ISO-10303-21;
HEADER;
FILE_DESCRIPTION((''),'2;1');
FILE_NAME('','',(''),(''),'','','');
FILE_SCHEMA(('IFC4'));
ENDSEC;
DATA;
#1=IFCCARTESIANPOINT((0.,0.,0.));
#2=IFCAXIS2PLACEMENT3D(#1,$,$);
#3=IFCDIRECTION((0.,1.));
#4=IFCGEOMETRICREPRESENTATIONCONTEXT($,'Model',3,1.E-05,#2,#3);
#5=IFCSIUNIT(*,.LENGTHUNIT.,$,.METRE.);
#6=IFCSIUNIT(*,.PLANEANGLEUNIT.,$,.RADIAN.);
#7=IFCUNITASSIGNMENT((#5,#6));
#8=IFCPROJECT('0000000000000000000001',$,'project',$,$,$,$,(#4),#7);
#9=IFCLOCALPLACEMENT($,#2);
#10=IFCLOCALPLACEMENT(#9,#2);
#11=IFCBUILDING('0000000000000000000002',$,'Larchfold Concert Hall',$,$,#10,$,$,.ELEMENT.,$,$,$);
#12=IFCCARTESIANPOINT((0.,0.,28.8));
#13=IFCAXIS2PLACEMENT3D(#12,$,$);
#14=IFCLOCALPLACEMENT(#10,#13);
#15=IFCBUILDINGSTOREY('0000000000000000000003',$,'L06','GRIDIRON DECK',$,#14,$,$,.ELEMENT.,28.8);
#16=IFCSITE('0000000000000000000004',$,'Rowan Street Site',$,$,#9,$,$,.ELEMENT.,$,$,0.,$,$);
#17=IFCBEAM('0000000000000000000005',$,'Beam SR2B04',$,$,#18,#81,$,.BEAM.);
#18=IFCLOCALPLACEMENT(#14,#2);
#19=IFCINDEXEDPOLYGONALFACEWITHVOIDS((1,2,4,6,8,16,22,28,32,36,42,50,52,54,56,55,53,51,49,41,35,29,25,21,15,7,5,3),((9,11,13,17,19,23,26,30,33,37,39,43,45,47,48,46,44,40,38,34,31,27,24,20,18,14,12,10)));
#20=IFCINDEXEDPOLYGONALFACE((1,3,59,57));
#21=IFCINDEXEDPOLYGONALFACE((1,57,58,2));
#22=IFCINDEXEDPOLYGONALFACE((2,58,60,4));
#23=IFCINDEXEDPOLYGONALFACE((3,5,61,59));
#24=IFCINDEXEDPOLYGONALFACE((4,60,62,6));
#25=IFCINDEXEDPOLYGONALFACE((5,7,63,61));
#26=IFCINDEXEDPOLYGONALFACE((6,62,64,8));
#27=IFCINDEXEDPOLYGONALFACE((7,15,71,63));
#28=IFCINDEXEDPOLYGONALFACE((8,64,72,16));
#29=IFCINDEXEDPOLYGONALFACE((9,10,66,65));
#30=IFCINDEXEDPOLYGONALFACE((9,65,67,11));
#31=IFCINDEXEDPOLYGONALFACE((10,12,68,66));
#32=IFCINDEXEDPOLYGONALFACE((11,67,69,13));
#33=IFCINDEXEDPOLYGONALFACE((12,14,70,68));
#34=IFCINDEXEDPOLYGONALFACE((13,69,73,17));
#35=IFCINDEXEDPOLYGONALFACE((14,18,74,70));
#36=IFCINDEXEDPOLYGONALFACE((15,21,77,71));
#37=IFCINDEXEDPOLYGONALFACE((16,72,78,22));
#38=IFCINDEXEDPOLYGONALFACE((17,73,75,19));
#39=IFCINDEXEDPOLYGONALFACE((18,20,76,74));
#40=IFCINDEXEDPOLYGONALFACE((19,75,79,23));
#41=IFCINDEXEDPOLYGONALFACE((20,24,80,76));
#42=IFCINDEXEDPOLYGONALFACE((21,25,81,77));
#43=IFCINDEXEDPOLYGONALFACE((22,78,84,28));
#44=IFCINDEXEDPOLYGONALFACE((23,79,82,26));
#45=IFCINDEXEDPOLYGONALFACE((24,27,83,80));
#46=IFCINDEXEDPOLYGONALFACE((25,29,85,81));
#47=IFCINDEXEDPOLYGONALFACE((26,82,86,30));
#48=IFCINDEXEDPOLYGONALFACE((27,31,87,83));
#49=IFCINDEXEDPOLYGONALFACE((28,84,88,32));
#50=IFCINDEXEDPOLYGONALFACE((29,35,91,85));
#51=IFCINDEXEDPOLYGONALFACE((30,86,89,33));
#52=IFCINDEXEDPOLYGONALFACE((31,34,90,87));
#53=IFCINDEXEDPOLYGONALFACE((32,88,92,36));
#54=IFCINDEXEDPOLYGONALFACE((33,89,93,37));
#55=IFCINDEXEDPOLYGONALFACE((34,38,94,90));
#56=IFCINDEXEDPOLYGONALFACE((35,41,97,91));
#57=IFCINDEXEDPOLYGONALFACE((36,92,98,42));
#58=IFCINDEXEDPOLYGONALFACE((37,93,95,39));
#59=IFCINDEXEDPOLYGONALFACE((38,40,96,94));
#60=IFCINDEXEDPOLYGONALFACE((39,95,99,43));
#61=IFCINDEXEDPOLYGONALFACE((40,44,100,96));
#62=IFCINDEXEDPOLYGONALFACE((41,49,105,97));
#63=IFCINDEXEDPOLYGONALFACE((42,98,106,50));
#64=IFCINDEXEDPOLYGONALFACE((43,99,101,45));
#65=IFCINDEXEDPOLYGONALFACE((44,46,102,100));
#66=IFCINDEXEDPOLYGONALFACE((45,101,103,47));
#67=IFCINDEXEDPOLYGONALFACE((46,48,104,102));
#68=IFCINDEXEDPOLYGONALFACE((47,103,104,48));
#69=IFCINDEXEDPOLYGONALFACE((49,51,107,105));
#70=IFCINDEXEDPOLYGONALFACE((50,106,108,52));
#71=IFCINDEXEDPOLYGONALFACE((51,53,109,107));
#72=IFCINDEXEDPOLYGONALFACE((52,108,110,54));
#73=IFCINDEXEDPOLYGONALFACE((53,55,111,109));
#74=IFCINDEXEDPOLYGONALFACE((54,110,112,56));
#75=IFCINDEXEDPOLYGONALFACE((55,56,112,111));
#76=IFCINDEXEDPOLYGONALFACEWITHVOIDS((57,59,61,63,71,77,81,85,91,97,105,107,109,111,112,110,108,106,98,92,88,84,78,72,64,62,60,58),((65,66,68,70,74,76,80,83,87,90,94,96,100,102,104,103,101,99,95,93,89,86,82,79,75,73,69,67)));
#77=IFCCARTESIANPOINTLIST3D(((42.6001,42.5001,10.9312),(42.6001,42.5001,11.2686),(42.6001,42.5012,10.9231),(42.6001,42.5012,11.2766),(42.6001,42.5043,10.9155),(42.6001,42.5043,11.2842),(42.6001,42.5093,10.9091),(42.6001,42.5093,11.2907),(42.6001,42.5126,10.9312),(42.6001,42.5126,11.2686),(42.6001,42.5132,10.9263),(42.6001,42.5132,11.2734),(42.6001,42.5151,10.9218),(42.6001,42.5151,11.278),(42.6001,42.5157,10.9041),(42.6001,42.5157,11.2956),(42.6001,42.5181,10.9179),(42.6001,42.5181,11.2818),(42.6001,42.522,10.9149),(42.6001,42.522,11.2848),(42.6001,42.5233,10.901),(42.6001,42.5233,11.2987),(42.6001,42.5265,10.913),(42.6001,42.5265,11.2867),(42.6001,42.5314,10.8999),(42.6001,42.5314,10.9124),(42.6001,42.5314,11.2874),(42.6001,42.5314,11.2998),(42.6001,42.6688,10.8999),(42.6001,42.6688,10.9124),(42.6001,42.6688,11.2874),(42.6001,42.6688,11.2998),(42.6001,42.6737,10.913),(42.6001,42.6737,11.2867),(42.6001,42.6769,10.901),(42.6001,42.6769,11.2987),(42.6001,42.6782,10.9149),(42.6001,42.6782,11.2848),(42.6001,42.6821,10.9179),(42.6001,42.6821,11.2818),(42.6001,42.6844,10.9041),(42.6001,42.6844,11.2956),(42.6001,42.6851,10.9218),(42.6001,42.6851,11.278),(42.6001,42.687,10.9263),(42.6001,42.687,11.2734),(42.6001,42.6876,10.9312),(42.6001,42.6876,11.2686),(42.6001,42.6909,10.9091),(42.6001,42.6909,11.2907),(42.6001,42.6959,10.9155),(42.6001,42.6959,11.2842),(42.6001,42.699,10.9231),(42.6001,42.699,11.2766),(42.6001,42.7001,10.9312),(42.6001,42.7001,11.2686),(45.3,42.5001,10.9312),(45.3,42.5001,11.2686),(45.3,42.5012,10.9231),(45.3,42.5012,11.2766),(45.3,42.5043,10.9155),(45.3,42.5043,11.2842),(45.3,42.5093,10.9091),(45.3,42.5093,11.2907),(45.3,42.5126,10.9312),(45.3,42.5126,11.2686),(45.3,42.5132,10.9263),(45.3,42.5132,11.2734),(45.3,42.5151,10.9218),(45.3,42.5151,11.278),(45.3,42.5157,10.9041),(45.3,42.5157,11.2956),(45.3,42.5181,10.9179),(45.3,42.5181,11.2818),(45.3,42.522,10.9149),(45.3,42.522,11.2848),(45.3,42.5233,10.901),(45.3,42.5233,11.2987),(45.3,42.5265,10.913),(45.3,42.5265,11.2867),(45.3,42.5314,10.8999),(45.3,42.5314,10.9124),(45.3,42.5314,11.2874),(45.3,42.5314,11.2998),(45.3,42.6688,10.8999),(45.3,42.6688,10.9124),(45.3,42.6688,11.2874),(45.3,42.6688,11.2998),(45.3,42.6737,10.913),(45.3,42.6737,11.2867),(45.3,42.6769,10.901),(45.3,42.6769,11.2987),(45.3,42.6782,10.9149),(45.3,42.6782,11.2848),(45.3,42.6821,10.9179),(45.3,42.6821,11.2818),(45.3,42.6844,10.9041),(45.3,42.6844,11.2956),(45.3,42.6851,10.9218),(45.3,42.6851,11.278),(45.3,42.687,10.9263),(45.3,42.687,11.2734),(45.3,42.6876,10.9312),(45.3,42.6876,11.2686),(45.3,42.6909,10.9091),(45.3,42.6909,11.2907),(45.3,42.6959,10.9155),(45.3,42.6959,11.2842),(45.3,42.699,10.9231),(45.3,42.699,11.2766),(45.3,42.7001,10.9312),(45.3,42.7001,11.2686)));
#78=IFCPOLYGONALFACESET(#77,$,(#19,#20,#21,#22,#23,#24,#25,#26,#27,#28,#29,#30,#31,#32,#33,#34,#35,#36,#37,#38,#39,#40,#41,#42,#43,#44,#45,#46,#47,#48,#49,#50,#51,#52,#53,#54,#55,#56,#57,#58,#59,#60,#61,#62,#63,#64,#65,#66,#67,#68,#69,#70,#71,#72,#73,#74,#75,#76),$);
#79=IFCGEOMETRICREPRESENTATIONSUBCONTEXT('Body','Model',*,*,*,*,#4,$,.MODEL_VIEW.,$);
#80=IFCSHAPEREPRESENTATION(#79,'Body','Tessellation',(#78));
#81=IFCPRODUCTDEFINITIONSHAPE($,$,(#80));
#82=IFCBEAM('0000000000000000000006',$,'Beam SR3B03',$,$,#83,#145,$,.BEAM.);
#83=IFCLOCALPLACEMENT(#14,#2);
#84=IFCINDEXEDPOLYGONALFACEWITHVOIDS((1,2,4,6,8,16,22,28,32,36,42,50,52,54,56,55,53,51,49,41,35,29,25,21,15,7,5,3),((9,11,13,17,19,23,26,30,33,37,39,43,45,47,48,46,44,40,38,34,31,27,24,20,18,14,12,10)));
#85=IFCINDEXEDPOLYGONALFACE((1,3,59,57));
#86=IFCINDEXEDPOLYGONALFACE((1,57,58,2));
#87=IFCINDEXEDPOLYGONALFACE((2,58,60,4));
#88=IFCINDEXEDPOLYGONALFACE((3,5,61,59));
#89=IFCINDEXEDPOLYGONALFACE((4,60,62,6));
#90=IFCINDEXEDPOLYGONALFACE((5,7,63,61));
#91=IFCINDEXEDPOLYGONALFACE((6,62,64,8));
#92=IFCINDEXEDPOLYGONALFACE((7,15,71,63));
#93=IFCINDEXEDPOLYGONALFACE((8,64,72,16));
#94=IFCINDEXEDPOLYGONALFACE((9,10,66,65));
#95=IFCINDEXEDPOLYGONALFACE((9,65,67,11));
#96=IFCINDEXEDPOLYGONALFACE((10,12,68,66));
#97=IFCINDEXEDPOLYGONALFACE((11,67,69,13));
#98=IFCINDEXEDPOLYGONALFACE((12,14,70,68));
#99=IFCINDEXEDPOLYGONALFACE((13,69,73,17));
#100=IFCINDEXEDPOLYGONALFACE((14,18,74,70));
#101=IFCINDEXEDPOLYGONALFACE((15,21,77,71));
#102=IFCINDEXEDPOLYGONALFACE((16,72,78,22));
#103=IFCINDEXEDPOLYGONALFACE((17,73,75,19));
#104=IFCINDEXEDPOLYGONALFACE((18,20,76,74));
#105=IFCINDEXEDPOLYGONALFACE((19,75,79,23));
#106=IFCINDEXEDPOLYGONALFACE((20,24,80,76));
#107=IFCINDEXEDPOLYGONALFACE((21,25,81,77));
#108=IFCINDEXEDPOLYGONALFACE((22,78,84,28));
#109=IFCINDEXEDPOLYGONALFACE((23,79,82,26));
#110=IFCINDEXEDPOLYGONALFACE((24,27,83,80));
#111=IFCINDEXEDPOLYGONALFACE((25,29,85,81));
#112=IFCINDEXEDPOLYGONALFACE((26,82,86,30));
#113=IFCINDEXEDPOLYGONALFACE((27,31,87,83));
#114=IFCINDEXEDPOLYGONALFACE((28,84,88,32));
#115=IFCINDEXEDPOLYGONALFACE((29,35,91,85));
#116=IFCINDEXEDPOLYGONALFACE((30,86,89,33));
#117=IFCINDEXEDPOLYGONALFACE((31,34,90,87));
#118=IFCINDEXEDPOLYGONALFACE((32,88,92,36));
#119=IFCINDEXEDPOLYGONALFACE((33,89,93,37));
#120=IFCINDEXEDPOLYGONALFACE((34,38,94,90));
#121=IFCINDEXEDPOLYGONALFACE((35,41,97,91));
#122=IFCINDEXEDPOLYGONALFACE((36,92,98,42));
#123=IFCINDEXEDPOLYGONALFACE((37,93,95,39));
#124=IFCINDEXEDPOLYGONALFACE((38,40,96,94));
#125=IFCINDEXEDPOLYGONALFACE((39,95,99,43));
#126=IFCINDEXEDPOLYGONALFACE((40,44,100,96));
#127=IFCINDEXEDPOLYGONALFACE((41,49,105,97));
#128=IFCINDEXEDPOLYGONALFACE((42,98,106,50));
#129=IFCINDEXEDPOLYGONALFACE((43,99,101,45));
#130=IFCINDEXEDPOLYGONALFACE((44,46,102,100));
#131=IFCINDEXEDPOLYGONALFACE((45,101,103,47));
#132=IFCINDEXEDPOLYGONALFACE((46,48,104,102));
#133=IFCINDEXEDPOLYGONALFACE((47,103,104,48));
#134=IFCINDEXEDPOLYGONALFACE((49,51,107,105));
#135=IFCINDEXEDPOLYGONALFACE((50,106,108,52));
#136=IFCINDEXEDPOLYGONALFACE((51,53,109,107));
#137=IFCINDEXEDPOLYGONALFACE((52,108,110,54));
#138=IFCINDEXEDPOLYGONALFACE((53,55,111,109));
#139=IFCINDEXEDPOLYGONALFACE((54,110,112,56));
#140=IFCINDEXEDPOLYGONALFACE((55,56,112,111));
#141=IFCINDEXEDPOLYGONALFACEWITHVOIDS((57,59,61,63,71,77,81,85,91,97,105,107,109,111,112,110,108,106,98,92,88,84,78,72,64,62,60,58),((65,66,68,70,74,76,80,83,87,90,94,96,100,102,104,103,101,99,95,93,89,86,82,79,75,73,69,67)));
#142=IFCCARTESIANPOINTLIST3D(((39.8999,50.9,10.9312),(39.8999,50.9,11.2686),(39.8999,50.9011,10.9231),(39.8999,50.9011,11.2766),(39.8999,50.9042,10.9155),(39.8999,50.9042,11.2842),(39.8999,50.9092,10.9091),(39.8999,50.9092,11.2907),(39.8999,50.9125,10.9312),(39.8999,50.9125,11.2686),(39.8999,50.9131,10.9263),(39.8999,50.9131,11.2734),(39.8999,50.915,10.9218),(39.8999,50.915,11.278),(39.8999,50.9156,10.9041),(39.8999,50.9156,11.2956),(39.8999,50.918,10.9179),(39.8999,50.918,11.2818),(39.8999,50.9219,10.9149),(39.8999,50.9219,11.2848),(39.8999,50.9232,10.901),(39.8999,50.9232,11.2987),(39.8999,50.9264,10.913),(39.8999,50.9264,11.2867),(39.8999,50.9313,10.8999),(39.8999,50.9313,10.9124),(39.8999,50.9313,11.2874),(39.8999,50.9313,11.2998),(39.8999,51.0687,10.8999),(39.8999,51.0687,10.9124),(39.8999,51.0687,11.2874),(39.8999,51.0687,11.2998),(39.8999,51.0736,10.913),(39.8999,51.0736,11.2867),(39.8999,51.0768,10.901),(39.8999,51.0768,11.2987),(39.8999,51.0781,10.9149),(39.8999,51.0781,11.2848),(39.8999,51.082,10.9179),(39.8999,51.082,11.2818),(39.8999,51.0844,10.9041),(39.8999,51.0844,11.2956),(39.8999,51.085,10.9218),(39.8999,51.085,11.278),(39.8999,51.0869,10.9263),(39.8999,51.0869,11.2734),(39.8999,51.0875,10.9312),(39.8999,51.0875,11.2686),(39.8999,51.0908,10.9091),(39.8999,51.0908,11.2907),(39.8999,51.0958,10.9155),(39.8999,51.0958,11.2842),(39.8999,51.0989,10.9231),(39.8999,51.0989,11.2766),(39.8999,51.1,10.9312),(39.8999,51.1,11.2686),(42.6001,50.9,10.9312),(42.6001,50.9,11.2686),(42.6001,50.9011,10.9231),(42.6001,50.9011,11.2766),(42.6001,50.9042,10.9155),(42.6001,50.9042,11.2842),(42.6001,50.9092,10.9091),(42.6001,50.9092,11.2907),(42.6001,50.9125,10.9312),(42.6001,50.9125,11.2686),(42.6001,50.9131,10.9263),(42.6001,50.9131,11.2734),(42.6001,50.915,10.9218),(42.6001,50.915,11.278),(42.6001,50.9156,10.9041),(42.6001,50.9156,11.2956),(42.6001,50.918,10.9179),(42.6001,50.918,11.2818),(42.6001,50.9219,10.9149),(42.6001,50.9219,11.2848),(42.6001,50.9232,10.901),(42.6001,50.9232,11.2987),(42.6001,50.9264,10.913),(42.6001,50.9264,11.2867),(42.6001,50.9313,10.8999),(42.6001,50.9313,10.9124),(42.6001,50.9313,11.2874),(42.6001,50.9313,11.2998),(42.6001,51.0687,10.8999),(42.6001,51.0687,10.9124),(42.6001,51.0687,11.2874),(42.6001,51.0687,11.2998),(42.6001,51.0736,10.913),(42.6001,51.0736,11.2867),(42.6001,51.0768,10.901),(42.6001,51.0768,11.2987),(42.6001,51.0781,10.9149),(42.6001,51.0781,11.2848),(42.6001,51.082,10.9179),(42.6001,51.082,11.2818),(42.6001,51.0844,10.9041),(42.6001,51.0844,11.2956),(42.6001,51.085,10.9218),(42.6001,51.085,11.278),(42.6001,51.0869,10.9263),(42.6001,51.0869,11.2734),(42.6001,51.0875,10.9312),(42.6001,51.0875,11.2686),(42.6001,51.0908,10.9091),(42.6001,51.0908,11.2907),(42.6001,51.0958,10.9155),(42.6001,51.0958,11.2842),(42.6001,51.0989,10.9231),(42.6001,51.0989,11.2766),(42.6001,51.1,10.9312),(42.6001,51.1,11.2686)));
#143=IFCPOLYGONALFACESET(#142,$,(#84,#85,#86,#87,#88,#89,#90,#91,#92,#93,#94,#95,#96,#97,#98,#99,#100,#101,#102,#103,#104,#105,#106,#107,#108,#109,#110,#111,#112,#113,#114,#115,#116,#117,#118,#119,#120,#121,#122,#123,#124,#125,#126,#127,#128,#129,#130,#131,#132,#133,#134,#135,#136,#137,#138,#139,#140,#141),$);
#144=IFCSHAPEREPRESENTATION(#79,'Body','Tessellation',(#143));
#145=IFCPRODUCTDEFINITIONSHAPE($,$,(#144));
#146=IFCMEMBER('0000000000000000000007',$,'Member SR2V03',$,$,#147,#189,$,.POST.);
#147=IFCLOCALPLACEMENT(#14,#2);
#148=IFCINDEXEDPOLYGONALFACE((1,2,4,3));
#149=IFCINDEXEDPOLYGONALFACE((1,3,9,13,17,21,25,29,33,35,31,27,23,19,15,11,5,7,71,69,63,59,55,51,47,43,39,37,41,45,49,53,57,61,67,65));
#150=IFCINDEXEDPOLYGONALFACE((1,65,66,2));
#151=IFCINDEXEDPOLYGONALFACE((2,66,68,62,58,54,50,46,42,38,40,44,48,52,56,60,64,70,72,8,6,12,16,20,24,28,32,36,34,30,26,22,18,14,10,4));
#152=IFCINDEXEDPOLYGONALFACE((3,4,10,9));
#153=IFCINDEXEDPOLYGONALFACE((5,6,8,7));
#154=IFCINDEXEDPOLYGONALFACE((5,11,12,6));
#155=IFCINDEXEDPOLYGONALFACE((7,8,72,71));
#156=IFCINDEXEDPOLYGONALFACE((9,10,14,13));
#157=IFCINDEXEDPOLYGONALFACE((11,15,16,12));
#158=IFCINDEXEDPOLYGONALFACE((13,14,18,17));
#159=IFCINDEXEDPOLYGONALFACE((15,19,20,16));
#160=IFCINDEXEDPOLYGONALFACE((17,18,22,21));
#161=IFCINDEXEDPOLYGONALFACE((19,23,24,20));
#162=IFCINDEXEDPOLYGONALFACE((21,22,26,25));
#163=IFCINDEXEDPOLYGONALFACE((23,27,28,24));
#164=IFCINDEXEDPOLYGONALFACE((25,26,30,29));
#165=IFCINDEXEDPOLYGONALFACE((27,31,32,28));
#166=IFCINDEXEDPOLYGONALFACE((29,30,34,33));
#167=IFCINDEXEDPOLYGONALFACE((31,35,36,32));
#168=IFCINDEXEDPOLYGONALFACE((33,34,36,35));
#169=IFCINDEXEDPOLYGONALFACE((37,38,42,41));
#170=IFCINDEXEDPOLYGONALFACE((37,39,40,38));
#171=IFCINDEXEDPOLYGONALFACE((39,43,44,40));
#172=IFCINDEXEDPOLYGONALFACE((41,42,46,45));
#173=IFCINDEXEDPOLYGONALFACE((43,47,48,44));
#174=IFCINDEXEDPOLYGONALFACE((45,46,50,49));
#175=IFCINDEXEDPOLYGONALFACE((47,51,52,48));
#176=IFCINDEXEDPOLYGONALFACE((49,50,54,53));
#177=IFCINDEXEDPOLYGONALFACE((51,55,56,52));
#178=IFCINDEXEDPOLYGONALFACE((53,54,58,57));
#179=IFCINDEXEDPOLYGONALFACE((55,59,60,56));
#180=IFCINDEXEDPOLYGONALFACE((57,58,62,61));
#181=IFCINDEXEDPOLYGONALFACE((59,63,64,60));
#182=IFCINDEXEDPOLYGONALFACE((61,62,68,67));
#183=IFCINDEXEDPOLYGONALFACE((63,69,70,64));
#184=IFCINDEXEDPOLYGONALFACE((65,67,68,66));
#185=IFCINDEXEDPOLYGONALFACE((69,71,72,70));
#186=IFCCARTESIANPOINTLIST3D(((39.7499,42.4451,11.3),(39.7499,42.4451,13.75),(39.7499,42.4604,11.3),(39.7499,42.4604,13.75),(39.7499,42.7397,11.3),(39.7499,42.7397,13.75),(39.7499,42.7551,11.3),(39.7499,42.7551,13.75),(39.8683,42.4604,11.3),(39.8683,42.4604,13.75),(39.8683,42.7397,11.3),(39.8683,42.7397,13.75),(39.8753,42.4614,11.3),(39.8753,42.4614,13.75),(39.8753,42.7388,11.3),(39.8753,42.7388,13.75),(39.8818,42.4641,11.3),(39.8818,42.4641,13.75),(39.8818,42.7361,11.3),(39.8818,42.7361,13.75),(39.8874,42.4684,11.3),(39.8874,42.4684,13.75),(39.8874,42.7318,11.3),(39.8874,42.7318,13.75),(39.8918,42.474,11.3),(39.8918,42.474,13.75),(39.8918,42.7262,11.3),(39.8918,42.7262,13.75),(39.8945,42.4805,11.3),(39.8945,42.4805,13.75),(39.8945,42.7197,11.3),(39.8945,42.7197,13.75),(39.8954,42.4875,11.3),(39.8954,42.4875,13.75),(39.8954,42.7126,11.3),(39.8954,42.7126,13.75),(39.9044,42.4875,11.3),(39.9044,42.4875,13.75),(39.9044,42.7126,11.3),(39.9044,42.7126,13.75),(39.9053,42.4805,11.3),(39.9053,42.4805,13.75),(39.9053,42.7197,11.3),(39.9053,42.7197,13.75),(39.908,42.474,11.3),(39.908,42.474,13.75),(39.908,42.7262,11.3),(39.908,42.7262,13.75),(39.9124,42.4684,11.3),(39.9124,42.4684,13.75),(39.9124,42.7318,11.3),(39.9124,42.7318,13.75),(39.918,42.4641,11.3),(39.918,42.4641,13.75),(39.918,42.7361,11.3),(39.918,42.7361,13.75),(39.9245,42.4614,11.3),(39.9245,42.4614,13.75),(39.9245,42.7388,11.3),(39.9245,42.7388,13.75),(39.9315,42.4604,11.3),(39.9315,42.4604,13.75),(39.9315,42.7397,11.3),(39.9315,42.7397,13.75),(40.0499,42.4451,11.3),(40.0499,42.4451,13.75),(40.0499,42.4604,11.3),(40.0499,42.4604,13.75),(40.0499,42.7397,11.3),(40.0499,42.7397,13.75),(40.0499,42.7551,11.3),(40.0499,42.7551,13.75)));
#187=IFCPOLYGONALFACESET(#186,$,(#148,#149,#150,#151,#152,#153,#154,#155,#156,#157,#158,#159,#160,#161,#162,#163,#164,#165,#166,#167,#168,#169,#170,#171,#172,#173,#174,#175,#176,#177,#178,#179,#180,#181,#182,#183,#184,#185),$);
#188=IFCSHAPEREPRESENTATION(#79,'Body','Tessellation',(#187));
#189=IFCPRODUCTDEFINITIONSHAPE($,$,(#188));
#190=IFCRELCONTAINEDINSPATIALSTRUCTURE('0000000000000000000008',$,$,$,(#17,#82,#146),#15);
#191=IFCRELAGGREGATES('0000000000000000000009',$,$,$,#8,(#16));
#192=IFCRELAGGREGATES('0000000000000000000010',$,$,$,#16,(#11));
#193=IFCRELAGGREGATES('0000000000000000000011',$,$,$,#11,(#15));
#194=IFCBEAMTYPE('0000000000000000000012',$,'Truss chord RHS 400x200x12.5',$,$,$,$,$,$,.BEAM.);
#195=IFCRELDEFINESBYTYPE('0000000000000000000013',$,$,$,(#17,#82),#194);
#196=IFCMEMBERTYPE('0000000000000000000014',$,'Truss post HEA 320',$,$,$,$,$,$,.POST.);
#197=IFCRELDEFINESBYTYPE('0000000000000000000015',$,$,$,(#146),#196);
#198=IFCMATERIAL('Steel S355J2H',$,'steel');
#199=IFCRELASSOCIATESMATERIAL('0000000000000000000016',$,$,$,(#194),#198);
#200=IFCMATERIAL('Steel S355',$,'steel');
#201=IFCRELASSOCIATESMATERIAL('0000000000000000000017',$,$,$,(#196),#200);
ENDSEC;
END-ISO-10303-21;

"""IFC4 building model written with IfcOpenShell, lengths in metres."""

from ifc_helpers import new_model, si_unit, direction, frame, origin, origin_2d, place, context, subcontext, project, spatial, hollow_rectangle, i_section, extrude, material, material_profile, profile_set, type_object, element, save


model = new_model("IFC4")

# Units and contexts
model_context = context("Model", 3, precision=1e-05, world=origin(), true_north=direction((0.0, 1.0)))
body_context = subcontext(model_context, "Body", "Model", "MODEL_VIEW")
ifc_project = project(units=[si_unit("LENGTHUNIT", "METRE"), si_unit("PLANEANGLEUNIT", "RADIAN")], contexts=[model_context])

# Site, building, storey
site_placement = place(None, origin())
site = spatial("IfcSite", under=ifc_project, at=site_placement, Name="Rowan Street Site", CompositionType="ELEMENT", RefElevation=0.0)
building_placement = place(site_placement, origin())
building = spatial("IfcBuilding", under=site, at=building_placement, Name="Larchfold Concert Hall", CompositionType="ELEMENT")
storey_placement = place(building_placement, frame((0.0, 0.0, 28.8)))
storey = spatial("IfcBuildingStorey", under=building, at=storey_placement, Name="L06", Description="GRIDIRON DECK", CompositionType="ELEMENT", Elevation=28.8)

# Beams
ifc_material_1 = material(Name="Steel S355J2H", Category="steel")
ifc_material_profile_1 = material_profile(ifc_material_1, hollow_rectangle(XDim=0.2, YDim=0.3999, WallThickness=0.0125, InnerFilletRadius=0.0188, OuterFilletRadius=0.0312, at=origin_2d()))
ifc_profile_set_1 = profile_set([ifc_material_profile_1], Name="Steel S355J2H")
beam_type_1 = type_object("IfcBeamType", Name="Truss chord RHS 400x200x12.5", PredefinedType="BEAM", material=ifc_profile_set_1)
beam_1_placement = place(storey_placement, frame((42.6001, 42.6001, 11.0999), z_axis=(1.0, 0.0, 0.0), x_axis=(0.0, 1.0, 0.0)))
element("IfcBeam", 1, at=beam_1_placement, inside=storey, type_object=beam_type_1, Name="Beam SR2B04", PredefinedType="BEAM", context=body_context, shape_type="SweptSolid", body=[
    extrude(hollow_rectangle(XDim=0.2, YDim=0.3999, WallThickness=0.0125, InnerFilletRadius=0.0188, OuterFilletRadius=0.0312, at=origin_2d()), origin(), (0.0, 0.0, 1.0), 2.7),
])
beam_2_placement = place(storey_placement, frame((39.8999, 51.0, 11.0999), z_axis=(1.0, 0.0, 0.0), x_axis=(0.0, 1.0, 0.0)))
element("IfcBeam", 2, at=beam_2_placement, inside=storey, type_object=beam_type_1, Name="Beam SR3B03", PredefinedType="BEAM", context=body_context, shape_type="SweptSolid", body=[
    extrude(hollow_rectangle(XDim=0.2, YDim=0.3999, WallThickness=0.0125, InnerFilletRadius=0.0188, OuterFilletRadius=0.0312, at=origin_2d()), origin(), (0.0, 0.0, 1.0), 2.7002),
])

# Member
ifc_material_2 = material(Name="Steel S355", Category="steel")
ifc_material_profile_2 = material_profile(ifc_material_2, i_section(OverallWidth=0.3, OverallDepth=0.3101, WebThickness=0.009, FlangeThickness=0.0154, FilletRadius=0.0271, at=origin_2d()))
ifc_profile_set_2 = profile_set([ifc_material_profile_2], Name="Steel S355")
member_type_1 = type_object("IfcMemberType", Name="Truss post HEA 320", PredefinedType="POST", material=ifc_profile_set_2)
for number, where, z_axis, x_axis, name in (
    (3, (39.8999, 42.6001, 11.3), (0.0, 0.0, 1.0), (1.0, 0.0, 0.0), "Member SR2V03"),
):
    element("IfcMember", number, at=place(storey_placement, frame(where, z_axis=z_axis, x_axis=x_axis)), inside=storey, type_object=member_type_1, Name=name, PredefinedType="POST", context=body_context, shape_type="SweptSolid", body=[
        extrude(i_section(OverallWidth=0.3, OverallDepth=0.3101, WebThickness=0.009, FlangeThickness=0.0154, FilletRadius=0.0271, at=origin_2d()), origin(), (0.0, 0.0, 1.0), 2.45),
    ])

save(model, "model.ifc")
